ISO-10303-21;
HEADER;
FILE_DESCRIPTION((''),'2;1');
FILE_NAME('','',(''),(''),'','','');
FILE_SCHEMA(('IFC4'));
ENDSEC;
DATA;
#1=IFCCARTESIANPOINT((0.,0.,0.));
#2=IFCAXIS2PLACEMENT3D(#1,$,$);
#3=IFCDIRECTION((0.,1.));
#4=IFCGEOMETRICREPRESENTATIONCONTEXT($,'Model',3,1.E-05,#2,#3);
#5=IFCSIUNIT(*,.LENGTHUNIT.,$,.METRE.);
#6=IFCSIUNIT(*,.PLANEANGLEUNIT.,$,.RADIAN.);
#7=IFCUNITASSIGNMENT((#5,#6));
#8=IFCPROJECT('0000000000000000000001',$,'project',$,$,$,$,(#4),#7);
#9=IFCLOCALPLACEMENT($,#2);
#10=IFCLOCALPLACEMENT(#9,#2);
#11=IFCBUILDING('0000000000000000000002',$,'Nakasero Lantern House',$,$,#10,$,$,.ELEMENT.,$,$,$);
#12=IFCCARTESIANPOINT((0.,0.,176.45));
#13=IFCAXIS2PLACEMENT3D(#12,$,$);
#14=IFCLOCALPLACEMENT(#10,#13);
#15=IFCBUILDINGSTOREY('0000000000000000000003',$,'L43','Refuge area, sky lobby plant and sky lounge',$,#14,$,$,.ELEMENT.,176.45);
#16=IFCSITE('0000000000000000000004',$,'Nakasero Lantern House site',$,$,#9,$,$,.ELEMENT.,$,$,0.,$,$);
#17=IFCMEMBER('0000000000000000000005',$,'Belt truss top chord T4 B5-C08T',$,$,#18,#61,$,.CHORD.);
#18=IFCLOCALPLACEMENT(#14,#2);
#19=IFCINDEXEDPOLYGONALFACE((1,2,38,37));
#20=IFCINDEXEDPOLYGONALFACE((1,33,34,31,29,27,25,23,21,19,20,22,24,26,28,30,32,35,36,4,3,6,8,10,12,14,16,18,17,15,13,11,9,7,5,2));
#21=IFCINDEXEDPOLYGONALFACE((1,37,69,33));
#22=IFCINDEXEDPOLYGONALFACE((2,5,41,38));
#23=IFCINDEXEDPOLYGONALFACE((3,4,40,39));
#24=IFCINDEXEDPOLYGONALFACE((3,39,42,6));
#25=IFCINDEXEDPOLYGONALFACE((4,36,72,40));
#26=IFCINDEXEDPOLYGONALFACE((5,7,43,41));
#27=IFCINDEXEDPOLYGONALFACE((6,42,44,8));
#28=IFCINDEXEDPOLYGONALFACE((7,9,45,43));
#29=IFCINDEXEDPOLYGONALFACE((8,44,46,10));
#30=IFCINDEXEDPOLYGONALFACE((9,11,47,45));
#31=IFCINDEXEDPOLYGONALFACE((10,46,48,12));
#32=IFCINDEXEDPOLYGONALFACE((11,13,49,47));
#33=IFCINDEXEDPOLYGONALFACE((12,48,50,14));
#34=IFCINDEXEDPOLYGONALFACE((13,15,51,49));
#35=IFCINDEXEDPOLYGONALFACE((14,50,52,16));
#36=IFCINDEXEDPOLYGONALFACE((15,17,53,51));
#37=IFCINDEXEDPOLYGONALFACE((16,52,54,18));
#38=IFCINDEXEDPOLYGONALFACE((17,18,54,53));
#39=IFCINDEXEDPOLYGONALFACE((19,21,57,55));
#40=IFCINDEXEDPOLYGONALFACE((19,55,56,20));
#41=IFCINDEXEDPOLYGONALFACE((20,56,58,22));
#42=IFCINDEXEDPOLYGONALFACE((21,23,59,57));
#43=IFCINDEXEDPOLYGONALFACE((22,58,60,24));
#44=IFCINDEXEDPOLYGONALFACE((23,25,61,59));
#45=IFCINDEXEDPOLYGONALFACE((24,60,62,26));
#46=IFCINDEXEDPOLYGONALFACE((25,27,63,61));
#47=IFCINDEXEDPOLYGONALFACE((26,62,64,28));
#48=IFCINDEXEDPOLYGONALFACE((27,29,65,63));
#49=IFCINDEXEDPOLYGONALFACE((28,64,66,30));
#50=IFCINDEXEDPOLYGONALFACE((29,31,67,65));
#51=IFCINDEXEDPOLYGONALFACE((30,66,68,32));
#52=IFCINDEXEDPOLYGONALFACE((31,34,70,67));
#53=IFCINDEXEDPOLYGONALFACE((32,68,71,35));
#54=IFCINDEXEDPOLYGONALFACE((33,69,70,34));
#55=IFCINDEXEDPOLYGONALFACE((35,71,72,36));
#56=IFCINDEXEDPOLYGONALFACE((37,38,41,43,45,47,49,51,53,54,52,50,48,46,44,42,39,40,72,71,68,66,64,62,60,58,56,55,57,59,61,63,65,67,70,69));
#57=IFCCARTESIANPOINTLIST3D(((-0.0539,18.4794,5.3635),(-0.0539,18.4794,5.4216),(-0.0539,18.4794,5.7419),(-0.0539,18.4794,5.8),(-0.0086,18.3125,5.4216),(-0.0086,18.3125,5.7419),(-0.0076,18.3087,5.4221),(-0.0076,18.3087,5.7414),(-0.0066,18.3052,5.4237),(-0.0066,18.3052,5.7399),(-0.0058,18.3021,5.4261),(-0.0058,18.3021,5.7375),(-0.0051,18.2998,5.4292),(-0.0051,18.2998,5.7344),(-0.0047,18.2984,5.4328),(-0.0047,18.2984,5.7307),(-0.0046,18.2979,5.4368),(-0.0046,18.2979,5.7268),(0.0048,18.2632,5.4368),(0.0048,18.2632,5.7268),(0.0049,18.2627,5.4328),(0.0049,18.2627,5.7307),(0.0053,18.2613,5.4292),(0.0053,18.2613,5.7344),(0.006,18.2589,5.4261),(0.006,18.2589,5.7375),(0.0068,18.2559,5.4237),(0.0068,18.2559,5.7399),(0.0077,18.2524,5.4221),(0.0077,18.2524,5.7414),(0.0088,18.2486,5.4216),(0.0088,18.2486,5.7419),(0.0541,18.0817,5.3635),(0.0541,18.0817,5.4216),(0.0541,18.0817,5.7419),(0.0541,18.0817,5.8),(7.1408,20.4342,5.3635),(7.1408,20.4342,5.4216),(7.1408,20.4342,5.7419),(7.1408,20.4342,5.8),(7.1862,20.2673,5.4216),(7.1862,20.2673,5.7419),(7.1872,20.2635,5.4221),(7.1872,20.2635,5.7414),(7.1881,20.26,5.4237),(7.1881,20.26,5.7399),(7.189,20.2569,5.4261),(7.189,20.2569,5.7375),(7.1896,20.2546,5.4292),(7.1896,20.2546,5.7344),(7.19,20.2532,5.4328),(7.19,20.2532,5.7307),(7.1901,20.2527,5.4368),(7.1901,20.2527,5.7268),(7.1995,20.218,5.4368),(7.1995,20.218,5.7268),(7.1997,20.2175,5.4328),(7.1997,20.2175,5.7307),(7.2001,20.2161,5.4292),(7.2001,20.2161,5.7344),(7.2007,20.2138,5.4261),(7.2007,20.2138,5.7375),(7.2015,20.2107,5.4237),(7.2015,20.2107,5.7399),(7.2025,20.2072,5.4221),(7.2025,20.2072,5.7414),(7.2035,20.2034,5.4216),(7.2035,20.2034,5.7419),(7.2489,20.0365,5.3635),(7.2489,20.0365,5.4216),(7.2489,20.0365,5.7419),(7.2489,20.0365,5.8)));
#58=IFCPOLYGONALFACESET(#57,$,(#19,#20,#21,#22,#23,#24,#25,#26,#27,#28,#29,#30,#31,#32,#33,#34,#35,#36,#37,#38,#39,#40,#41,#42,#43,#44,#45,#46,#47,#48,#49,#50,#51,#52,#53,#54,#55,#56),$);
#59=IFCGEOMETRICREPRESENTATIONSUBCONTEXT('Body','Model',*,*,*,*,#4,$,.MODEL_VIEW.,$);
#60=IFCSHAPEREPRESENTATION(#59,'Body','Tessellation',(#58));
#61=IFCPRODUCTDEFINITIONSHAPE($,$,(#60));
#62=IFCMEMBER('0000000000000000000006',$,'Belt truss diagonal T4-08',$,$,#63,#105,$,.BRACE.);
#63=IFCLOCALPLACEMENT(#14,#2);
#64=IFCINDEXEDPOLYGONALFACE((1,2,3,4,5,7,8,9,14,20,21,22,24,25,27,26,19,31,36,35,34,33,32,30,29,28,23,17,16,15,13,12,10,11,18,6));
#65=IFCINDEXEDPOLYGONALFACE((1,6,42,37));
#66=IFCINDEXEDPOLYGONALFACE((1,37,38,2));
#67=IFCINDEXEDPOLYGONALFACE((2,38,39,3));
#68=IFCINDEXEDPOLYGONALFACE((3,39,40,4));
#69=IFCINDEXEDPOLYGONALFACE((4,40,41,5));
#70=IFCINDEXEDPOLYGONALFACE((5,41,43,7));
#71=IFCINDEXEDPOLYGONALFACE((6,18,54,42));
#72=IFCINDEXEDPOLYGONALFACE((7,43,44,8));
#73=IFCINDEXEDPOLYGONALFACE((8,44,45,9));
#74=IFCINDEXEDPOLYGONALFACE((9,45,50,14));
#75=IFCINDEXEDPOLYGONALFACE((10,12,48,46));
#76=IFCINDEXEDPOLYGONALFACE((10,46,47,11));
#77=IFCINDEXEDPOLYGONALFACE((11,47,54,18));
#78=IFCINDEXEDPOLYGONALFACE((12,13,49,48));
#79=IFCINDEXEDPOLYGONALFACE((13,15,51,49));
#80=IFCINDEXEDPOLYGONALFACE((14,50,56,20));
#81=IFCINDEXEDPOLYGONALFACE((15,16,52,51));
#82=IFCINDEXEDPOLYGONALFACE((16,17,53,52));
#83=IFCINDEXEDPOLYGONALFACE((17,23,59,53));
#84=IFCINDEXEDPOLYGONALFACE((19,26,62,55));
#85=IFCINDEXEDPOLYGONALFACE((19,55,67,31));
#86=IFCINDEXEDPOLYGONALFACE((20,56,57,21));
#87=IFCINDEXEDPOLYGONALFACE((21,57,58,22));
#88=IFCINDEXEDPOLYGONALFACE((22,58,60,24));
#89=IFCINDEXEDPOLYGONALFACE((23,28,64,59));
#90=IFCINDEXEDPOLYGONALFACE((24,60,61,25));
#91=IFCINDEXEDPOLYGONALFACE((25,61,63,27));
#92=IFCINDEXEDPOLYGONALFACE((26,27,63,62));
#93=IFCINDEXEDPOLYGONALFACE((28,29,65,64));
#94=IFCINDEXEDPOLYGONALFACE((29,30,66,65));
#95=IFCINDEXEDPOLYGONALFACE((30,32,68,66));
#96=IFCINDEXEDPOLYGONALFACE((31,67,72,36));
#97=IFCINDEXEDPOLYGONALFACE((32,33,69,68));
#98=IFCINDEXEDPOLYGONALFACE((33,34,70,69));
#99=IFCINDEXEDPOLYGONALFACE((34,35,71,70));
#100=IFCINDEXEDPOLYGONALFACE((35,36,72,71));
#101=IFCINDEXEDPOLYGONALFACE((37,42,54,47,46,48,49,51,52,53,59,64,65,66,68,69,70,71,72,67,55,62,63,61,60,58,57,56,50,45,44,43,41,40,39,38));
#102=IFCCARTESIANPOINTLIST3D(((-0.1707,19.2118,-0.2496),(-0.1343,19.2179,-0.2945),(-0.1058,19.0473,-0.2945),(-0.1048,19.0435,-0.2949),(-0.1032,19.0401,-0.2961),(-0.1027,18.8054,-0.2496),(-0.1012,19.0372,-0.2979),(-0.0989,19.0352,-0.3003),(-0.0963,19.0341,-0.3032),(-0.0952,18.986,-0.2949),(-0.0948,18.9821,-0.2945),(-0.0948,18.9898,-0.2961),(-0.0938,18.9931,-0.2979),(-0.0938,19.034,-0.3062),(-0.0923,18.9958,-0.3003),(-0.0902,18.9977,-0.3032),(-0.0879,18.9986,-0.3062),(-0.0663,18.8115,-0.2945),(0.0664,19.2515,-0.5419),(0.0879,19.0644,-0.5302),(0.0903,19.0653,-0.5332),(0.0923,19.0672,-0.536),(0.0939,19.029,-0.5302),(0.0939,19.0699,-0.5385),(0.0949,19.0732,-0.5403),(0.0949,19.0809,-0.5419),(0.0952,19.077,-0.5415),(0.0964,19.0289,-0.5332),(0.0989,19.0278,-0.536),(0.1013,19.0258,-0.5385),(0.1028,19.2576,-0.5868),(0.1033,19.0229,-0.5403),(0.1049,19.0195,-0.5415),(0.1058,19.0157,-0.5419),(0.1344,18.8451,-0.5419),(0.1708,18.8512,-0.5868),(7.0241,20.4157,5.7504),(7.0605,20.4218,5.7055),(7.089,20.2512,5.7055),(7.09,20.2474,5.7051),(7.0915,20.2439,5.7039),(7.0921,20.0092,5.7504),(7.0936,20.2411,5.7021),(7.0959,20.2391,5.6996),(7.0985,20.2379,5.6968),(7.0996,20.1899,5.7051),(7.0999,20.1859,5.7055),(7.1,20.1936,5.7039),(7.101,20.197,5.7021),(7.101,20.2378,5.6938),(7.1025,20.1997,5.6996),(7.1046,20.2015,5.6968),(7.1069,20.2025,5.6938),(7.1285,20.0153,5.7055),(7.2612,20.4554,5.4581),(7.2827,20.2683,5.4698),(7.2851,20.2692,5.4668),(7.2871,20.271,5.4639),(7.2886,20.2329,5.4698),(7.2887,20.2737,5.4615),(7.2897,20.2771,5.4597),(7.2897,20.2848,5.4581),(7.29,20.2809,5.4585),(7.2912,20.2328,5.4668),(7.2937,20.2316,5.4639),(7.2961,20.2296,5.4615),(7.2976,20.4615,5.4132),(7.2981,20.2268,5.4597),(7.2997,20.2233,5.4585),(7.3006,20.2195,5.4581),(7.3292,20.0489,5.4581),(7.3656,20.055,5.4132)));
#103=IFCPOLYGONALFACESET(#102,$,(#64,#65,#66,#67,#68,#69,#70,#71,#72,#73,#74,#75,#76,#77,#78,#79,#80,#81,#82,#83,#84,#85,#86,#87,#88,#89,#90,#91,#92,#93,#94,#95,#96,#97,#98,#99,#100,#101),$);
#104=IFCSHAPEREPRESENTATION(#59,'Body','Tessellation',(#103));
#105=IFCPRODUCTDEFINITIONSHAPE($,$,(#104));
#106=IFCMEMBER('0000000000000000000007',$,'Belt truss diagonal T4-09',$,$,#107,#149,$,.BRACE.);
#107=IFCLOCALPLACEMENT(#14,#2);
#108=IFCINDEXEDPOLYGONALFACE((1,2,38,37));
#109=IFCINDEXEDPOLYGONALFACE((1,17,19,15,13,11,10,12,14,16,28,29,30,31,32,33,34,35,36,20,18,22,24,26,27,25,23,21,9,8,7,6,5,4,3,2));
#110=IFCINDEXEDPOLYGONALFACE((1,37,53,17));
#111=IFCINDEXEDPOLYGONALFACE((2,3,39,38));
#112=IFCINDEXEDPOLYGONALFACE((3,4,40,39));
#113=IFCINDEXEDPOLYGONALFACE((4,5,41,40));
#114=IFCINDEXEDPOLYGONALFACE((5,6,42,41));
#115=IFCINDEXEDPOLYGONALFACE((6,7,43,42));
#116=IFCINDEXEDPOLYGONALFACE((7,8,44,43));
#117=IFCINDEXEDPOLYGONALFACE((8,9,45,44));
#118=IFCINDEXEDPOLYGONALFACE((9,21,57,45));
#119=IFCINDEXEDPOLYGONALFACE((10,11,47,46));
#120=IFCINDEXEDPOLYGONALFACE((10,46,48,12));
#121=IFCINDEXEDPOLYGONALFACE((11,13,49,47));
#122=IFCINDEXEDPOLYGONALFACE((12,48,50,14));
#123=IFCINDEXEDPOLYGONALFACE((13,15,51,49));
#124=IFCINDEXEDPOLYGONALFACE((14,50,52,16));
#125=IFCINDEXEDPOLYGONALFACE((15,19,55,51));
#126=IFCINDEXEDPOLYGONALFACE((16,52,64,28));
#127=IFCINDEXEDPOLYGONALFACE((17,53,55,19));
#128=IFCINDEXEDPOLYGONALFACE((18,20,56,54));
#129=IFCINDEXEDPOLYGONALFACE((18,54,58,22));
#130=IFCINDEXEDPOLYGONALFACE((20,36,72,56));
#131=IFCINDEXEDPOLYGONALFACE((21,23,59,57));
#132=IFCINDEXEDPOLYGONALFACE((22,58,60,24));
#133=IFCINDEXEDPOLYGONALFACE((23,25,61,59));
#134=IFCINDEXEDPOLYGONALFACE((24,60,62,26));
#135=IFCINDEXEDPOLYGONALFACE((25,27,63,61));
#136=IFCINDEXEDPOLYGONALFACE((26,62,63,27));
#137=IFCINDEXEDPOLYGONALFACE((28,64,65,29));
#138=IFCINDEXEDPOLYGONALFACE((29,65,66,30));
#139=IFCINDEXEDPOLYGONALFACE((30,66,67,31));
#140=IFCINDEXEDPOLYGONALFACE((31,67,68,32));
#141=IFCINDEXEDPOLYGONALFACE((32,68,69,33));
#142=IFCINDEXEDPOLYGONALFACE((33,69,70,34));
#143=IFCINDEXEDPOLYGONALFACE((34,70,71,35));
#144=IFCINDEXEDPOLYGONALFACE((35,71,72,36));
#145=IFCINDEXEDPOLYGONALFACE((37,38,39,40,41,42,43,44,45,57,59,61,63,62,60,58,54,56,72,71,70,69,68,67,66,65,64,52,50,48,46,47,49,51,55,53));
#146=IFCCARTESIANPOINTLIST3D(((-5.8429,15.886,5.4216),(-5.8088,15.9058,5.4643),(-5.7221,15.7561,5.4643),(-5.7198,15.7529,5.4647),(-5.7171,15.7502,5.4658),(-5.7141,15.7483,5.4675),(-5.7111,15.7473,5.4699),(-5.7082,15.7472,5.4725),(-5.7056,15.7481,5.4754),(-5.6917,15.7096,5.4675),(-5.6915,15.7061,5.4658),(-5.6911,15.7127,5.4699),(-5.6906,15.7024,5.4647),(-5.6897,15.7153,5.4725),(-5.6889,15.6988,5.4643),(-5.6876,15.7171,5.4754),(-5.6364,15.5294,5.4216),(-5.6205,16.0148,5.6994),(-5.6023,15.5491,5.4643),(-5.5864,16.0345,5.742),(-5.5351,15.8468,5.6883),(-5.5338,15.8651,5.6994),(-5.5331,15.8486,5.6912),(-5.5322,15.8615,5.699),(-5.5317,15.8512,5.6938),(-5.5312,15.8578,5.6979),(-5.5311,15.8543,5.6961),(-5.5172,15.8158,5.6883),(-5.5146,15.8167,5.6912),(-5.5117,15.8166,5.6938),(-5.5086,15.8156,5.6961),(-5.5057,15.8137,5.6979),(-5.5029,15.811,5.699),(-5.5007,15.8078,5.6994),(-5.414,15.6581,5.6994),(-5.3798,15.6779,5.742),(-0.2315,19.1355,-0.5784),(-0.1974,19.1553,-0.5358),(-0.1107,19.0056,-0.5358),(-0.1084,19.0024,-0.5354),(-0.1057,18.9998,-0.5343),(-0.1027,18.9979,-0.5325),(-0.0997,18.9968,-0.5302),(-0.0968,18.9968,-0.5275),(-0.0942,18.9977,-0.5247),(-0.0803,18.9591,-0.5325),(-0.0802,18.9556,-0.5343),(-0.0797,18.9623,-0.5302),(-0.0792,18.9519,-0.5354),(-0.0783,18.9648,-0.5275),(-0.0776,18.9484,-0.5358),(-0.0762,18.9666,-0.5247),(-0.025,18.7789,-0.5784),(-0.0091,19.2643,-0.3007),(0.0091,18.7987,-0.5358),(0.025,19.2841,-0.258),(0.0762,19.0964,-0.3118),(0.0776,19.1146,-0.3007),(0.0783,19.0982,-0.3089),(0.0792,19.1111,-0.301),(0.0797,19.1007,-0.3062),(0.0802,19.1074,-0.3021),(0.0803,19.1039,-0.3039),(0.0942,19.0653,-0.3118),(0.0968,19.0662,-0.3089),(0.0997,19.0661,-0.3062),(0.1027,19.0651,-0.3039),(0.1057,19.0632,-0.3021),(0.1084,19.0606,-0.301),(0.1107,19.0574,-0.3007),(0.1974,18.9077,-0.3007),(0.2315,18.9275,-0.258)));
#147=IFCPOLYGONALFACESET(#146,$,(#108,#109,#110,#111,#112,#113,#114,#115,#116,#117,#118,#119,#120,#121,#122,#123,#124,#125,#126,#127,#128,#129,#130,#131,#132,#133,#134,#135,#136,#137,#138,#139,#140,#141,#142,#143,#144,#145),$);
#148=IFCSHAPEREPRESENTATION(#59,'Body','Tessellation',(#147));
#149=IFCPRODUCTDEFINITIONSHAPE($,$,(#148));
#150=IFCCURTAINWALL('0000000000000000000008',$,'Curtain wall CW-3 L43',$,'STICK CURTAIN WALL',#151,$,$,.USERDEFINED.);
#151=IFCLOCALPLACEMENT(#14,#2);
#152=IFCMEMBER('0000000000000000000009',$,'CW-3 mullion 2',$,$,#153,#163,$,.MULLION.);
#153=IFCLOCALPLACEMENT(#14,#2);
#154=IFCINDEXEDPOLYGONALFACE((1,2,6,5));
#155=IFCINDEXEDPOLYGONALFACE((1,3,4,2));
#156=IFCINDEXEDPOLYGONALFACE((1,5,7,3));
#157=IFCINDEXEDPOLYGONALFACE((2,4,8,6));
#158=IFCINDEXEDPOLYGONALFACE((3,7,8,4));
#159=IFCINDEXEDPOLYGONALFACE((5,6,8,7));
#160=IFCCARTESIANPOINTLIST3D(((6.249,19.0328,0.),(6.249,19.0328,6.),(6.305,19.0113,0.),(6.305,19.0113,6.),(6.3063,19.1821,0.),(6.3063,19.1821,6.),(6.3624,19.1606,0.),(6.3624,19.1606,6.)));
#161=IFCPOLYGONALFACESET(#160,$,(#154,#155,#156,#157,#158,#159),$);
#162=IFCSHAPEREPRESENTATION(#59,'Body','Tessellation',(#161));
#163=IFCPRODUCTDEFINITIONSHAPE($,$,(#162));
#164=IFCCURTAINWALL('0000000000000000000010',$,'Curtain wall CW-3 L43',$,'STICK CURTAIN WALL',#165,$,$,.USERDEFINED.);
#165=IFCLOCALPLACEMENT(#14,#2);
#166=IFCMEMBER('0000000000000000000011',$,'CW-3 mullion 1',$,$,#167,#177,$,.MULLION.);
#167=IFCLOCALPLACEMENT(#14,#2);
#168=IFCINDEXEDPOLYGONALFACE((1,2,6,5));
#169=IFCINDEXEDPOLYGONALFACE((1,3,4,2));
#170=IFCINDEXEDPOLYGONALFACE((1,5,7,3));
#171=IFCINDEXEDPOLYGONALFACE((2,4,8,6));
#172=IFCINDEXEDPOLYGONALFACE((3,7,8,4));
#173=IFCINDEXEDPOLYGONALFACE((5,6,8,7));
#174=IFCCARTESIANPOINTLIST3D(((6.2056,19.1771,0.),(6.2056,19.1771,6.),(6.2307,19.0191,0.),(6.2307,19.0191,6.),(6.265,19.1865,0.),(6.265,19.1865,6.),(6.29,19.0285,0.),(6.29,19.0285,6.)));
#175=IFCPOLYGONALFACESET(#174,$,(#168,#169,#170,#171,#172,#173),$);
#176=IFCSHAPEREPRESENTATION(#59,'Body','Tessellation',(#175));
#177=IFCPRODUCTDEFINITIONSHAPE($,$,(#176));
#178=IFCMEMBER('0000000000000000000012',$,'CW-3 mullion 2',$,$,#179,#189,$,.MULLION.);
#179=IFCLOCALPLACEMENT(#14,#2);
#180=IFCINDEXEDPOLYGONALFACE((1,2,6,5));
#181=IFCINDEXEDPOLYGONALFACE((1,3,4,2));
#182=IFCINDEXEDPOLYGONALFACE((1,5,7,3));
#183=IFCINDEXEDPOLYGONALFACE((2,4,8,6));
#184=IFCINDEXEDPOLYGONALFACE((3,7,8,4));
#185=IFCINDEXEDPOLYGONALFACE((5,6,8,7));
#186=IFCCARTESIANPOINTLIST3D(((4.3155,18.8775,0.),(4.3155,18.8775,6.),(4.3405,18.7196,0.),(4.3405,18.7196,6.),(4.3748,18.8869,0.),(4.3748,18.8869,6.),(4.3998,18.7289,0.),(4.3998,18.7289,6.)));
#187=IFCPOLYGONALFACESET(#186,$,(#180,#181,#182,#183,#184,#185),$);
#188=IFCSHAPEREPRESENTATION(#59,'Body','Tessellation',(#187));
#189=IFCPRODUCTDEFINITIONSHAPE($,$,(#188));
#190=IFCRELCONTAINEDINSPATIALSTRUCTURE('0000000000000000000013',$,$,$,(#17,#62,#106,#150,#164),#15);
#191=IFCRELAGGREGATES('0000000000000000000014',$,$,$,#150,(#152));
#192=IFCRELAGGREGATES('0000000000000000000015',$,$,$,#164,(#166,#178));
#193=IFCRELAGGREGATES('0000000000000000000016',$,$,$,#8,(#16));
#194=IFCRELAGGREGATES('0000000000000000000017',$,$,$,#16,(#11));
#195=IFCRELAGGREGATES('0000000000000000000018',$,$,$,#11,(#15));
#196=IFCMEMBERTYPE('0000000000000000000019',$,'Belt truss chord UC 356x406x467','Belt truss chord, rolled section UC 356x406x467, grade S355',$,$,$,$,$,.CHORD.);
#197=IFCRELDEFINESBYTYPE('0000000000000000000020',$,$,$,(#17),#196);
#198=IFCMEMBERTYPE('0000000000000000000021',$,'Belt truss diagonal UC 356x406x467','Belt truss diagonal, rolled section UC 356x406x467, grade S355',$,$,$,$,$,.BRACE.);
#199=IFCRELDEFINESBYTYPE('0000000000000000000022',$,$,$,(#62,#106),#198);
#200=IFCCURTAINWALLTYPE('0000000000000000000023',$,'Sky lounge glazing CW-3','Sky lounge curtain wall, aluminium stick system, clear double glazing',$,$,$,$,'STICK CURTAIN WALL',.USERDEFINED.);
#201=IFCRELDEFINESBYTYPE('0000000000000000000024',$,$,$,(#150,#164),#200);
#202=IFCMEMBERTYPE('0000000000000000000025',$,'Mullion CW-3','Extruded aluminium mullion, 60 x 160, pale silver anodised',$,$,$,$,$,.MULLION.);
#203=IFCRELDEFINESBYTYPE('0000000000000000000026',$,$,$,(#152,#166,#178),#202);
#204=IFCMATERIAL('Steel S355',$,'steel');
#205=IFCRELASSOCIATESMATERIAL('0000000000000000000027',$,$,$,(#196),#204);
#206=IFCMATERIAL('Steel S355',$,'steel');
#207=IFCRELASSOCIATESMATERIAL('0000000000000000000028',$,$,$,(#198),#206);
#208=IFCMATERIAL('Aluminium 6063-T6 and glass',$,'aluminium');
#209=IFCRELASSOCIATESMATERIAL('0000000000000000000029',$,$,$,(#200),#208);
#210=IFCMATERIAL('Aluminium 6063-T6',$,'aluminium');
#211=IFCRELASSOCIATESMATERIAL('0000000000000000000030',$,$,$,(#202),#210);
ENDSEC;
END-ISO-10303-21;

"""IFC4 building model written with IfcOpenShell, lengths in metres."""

from ifc_helpers import new_model, si_unit, direction, frame, origin, origin_2d, place, context, subcontext, project, spatial, rectangle, i_section, extrude, material, material_profile, profile_set, type_object, element, aggregate, save


model = new_model("IFC4")

# Units and contexts
model_context = context("Model", 3, precision=1e-05, world=origin(), true_north=direction((0.0, 1.0)))
body_context = subcontext(model_context, "Body", "Model", "MODEL_VIEW")
ifc_project = project(units=[si_unit("LENGTHUNIT", "METRE"), si_unit("PLANEANGLEUNIT", "RADIAN")], contexts=[model_context])

# Site, building, storey
site_placement = place(None, origin())
site = spatial("IfcSite", under=ifc_project, at=site_placement, Name="Nakasero Lantern House site", CompositionType="ELEMENT", RefElevation=0.0)
building_placement = place(site_placement, origin())
building = spatial("IfcBuilding", under=site, at=building_placement, Name="Nakasero Lantern House", CompositionType="ELEMENT")
storey_placement = place(building_placement, frame((0.0, 0.0, 176.45)))
storey = spatial("IfcBuildingStorey", under=building, at=storey_placement, Name="L43", Description="Refuge area, sky lobby plant and sky lounge", CompositionType="ELEMENT", Elevation=176.45)

# Members
ifc_material_1 = material(Name="Steel S355", Category="steel")
ifc_material_profile_1 = material_profile(ifc_material_1, i_section(OverallWidth=0.4121, OverallDepth=0.4365, WebThickness=0.0359, FlangeThickness=0.0581, FilletRadius=0.0151, at=origin_2d()), Name="UC 356x406x467")
ifc_profile_set_1 = profile_set([ifc_material_profile_1], Name="Steel S355")
member_type_1 = type_object("IfcMemberType", Name="Belt truss chord UC 356x406x467", Description="Belt truss chord, rolled section UC 356x406x467, grade S355", PredefinedType="CHORD", material=ifc_profile_set_1)
member_1_placement = place(storey_placement, frame((7.1948, 20.2354, 5.5818), z_axis=(-0.965015, -0.262195, 0.0), x_axis=(0.262195, -0.965015, 0.0)))
element("IfcMember", 1, at=member_1_placement, inside=storey, type_object=member_type_1, Name="Belt truss top chord T4 B5-C08T", PredefinedType="CHORD", context=body_context, shape_type="SweptSolid", body=[
    extrude(i_section(OverallWidth=0.4121, OverallDepth=0.4365, WebThickness=0.0359, FlangeThickness=0.0581, FilletRadius=0.0151, at=origin_2d()), origin(), (0.0, 0.0, 1.0), 7.4556),
])
ifc_material_2 = material(Name="Steel S355", Category="steel")
ifc_material_profile_2 = material_profile(ifc_material_2, i_section(OverallWidth=0.4121, OverallDepth=0.4365, WebThickness=0.0359, FlangeThickness=0.0581, FilletRadius=0.0151, at=origin_2d()), Name="UC 356x406x467")
ifc_profile_set_2 = profile_set([ifc_material_profile_2], Name="Steel S355")
member_type_2 = type_object("IfcMemberType", Name="Belt truss diagonal UC 356x406x467", Description="Belt truss diagonal, rolled section UC 356x406x467, grade S355", PredefinedType="BRACE", material=ifc_profile_set_2)
member_2_placement = place(storey_placement, frame((7.1948, 20.2354, 5.5818), z_axis=(-0.761731, -0.127455, -0.635233), x_axis=(0.165029, -0.986289, 0.0)))
element("IfcMember", 2, at=member_2_placement, inside=storey, type_object=member_type_2, Name="Belt truss diagonal T4-08", PredefinedType="BRACE", context=body_context, shape_type="SweptSolid", body=[
    extrude(i_section(OverallWidth=0.4121, OverallDepth=0.4365, WebThickness=0.0359, FlangeThickness=0.0581, FilletRadius=0.0151, at=origin_2d()), origin(), (0.0, 0.0, 1.0), 9.4453),
])
member_3_placement = place(storey_placement, frame((0.0, 19.0315, -0.4182), z_axis=(-0.635169, -0.367826, 0.679165), x_axis=(0.501134, -0.86537, 0.0)))
element("IfcMember", 3, at=member_3_placement, inside=storey, type_object=member_type_2, Name="Belt truss diagonal T4-09", PredefinedType="BRACE", context=body_context, shape_type="SweptSolid", body=[
    extrude(i_section(OverallWidth=0.4121, OverallDepth=0.4365, WebThickness=0.0359, FlangeThickness=0.0581, FilletRadius=0.0151, at=origin_2d()), origin(), (0.0, 0.0, 1.0), 8.8345),
])

# Curtain wall, member
ifc_material_3 = material(Name="Aluminium 6063-T6 and glass", Category="aluminium")
curtain_wall_type = type_object("IfcCurtainWallType", Name="Sky lounge glazing CW-3", Description="Sky lounge curtain wall, aluminium stick system, clear double glazing", ElementType="STICK CURTAIN WALL", PredefinedType="USERDEFINED", material=ifc_material_3)
curtain_wall_1_placement = place(storey_placement, origin())
curtain_wall_1 = element("IfcCurtainWall", 4, at=curtain_wall_1_placement, inside=storey, type_object=curtain_wall_type, Name="Curtain wall CW-3 L43", ObjectType="STICK CURTAIN WALL", PredefinedType="USERDEFINED")
ifc_material_4 = material(Name="Aluminium 6063-T6", Category="aluminium")
ifc_material_profile_3 = material_profile(ifc_material_4, rectangle(XDim=0.0601, YDim=0.1599, at=origin_2d()), Name="CW-3 mullion 60x160")
ifc_profile_set_3 = profile_set([ifc_material_profile_3], Name="Aluminium 6063-T6")
member_type_3 = type_object("IfcMemberType", Name="Mullion CW-3", Description="Extruded aluminium mullion, 60 x 160, pale silver anodised", PredefinedType="MULLION", material=ifc_profile_set_3)
member_4_placement = place(storey_placement, frame((6.3057, 19.0967, 0.0), z_axis=(0.0, 0.0, 1.0), x_axis=(-0.93358, 0.358368, 0.0)))
member_4 = element("IfcMember", 5, at=member_4_placement, type_object=member_type_3, Name="CW-3 mullion 2", PredefinedType="MULLION", context=body_context, shape_type="SweptSolid", body=[
    extrude(rectangle(XDim=0.0601, YDim=0.1599, at=origin_2d()), origin(), (0.0, 0.0, 1.0), 6.0),
])

# Curtain wall, members
curtain_wall_2_placement = place(storey_placement, origin())
curtain_wall_2 = element("IfcCurtainWall", 6, at=curtain_wall_2_placement, inside=storey, type_object=curtain_wall_type, Name="Curtain wall CW-3 L43", ObjectType="STICK CURTAIN WALL", PredefinedType="USERDEFINED")
member_5_placement = place(storey_placement, frame((6.2478, 19.1028, 0.0), z_axis=(0.0, 0.0, 1.0), x_axis=(-0.987688, -0.156434, 0.0)))
member_5 = element("IfcMember", 7, at=member_5_placement, type_object=member_type_3, Name="CW-3 mullion 1", PredefinedType="MULLION", context=body_context, shape_type="SweptSolid", body=[
    extrude(rectangle(XDim=0.0601, YDim=0.1599, at=origin_2d()), origin(), (0.0, 0.0, 1.0), 6.0),
])
member_6_placement = place(storey_placement, frame((4.3577, 18.8032, 0.0), z_axis=(0.0, 0.0, 1.0), x_axis=(-0.987688, -0.156434, 0.0)))
member_6 = element("IfcMember", 8, at=member_6_placement, type_object=member_type_3, Name="CW-3 mullion 2", PredefinedType="MULLION", context=body_context, shape_type="SweptSolid", body=[
    extrude(rectangle(XDim=0.0601, YDim=0.1599, at=origin_2d()), origin(), (0.0, 0.0, 1.0), 6.0),
])

aggregate(curtain_wall_1, [member_4])
aggregate(curtain_wall_2, [member_5, member_6])

save(model, "model.ifc")
